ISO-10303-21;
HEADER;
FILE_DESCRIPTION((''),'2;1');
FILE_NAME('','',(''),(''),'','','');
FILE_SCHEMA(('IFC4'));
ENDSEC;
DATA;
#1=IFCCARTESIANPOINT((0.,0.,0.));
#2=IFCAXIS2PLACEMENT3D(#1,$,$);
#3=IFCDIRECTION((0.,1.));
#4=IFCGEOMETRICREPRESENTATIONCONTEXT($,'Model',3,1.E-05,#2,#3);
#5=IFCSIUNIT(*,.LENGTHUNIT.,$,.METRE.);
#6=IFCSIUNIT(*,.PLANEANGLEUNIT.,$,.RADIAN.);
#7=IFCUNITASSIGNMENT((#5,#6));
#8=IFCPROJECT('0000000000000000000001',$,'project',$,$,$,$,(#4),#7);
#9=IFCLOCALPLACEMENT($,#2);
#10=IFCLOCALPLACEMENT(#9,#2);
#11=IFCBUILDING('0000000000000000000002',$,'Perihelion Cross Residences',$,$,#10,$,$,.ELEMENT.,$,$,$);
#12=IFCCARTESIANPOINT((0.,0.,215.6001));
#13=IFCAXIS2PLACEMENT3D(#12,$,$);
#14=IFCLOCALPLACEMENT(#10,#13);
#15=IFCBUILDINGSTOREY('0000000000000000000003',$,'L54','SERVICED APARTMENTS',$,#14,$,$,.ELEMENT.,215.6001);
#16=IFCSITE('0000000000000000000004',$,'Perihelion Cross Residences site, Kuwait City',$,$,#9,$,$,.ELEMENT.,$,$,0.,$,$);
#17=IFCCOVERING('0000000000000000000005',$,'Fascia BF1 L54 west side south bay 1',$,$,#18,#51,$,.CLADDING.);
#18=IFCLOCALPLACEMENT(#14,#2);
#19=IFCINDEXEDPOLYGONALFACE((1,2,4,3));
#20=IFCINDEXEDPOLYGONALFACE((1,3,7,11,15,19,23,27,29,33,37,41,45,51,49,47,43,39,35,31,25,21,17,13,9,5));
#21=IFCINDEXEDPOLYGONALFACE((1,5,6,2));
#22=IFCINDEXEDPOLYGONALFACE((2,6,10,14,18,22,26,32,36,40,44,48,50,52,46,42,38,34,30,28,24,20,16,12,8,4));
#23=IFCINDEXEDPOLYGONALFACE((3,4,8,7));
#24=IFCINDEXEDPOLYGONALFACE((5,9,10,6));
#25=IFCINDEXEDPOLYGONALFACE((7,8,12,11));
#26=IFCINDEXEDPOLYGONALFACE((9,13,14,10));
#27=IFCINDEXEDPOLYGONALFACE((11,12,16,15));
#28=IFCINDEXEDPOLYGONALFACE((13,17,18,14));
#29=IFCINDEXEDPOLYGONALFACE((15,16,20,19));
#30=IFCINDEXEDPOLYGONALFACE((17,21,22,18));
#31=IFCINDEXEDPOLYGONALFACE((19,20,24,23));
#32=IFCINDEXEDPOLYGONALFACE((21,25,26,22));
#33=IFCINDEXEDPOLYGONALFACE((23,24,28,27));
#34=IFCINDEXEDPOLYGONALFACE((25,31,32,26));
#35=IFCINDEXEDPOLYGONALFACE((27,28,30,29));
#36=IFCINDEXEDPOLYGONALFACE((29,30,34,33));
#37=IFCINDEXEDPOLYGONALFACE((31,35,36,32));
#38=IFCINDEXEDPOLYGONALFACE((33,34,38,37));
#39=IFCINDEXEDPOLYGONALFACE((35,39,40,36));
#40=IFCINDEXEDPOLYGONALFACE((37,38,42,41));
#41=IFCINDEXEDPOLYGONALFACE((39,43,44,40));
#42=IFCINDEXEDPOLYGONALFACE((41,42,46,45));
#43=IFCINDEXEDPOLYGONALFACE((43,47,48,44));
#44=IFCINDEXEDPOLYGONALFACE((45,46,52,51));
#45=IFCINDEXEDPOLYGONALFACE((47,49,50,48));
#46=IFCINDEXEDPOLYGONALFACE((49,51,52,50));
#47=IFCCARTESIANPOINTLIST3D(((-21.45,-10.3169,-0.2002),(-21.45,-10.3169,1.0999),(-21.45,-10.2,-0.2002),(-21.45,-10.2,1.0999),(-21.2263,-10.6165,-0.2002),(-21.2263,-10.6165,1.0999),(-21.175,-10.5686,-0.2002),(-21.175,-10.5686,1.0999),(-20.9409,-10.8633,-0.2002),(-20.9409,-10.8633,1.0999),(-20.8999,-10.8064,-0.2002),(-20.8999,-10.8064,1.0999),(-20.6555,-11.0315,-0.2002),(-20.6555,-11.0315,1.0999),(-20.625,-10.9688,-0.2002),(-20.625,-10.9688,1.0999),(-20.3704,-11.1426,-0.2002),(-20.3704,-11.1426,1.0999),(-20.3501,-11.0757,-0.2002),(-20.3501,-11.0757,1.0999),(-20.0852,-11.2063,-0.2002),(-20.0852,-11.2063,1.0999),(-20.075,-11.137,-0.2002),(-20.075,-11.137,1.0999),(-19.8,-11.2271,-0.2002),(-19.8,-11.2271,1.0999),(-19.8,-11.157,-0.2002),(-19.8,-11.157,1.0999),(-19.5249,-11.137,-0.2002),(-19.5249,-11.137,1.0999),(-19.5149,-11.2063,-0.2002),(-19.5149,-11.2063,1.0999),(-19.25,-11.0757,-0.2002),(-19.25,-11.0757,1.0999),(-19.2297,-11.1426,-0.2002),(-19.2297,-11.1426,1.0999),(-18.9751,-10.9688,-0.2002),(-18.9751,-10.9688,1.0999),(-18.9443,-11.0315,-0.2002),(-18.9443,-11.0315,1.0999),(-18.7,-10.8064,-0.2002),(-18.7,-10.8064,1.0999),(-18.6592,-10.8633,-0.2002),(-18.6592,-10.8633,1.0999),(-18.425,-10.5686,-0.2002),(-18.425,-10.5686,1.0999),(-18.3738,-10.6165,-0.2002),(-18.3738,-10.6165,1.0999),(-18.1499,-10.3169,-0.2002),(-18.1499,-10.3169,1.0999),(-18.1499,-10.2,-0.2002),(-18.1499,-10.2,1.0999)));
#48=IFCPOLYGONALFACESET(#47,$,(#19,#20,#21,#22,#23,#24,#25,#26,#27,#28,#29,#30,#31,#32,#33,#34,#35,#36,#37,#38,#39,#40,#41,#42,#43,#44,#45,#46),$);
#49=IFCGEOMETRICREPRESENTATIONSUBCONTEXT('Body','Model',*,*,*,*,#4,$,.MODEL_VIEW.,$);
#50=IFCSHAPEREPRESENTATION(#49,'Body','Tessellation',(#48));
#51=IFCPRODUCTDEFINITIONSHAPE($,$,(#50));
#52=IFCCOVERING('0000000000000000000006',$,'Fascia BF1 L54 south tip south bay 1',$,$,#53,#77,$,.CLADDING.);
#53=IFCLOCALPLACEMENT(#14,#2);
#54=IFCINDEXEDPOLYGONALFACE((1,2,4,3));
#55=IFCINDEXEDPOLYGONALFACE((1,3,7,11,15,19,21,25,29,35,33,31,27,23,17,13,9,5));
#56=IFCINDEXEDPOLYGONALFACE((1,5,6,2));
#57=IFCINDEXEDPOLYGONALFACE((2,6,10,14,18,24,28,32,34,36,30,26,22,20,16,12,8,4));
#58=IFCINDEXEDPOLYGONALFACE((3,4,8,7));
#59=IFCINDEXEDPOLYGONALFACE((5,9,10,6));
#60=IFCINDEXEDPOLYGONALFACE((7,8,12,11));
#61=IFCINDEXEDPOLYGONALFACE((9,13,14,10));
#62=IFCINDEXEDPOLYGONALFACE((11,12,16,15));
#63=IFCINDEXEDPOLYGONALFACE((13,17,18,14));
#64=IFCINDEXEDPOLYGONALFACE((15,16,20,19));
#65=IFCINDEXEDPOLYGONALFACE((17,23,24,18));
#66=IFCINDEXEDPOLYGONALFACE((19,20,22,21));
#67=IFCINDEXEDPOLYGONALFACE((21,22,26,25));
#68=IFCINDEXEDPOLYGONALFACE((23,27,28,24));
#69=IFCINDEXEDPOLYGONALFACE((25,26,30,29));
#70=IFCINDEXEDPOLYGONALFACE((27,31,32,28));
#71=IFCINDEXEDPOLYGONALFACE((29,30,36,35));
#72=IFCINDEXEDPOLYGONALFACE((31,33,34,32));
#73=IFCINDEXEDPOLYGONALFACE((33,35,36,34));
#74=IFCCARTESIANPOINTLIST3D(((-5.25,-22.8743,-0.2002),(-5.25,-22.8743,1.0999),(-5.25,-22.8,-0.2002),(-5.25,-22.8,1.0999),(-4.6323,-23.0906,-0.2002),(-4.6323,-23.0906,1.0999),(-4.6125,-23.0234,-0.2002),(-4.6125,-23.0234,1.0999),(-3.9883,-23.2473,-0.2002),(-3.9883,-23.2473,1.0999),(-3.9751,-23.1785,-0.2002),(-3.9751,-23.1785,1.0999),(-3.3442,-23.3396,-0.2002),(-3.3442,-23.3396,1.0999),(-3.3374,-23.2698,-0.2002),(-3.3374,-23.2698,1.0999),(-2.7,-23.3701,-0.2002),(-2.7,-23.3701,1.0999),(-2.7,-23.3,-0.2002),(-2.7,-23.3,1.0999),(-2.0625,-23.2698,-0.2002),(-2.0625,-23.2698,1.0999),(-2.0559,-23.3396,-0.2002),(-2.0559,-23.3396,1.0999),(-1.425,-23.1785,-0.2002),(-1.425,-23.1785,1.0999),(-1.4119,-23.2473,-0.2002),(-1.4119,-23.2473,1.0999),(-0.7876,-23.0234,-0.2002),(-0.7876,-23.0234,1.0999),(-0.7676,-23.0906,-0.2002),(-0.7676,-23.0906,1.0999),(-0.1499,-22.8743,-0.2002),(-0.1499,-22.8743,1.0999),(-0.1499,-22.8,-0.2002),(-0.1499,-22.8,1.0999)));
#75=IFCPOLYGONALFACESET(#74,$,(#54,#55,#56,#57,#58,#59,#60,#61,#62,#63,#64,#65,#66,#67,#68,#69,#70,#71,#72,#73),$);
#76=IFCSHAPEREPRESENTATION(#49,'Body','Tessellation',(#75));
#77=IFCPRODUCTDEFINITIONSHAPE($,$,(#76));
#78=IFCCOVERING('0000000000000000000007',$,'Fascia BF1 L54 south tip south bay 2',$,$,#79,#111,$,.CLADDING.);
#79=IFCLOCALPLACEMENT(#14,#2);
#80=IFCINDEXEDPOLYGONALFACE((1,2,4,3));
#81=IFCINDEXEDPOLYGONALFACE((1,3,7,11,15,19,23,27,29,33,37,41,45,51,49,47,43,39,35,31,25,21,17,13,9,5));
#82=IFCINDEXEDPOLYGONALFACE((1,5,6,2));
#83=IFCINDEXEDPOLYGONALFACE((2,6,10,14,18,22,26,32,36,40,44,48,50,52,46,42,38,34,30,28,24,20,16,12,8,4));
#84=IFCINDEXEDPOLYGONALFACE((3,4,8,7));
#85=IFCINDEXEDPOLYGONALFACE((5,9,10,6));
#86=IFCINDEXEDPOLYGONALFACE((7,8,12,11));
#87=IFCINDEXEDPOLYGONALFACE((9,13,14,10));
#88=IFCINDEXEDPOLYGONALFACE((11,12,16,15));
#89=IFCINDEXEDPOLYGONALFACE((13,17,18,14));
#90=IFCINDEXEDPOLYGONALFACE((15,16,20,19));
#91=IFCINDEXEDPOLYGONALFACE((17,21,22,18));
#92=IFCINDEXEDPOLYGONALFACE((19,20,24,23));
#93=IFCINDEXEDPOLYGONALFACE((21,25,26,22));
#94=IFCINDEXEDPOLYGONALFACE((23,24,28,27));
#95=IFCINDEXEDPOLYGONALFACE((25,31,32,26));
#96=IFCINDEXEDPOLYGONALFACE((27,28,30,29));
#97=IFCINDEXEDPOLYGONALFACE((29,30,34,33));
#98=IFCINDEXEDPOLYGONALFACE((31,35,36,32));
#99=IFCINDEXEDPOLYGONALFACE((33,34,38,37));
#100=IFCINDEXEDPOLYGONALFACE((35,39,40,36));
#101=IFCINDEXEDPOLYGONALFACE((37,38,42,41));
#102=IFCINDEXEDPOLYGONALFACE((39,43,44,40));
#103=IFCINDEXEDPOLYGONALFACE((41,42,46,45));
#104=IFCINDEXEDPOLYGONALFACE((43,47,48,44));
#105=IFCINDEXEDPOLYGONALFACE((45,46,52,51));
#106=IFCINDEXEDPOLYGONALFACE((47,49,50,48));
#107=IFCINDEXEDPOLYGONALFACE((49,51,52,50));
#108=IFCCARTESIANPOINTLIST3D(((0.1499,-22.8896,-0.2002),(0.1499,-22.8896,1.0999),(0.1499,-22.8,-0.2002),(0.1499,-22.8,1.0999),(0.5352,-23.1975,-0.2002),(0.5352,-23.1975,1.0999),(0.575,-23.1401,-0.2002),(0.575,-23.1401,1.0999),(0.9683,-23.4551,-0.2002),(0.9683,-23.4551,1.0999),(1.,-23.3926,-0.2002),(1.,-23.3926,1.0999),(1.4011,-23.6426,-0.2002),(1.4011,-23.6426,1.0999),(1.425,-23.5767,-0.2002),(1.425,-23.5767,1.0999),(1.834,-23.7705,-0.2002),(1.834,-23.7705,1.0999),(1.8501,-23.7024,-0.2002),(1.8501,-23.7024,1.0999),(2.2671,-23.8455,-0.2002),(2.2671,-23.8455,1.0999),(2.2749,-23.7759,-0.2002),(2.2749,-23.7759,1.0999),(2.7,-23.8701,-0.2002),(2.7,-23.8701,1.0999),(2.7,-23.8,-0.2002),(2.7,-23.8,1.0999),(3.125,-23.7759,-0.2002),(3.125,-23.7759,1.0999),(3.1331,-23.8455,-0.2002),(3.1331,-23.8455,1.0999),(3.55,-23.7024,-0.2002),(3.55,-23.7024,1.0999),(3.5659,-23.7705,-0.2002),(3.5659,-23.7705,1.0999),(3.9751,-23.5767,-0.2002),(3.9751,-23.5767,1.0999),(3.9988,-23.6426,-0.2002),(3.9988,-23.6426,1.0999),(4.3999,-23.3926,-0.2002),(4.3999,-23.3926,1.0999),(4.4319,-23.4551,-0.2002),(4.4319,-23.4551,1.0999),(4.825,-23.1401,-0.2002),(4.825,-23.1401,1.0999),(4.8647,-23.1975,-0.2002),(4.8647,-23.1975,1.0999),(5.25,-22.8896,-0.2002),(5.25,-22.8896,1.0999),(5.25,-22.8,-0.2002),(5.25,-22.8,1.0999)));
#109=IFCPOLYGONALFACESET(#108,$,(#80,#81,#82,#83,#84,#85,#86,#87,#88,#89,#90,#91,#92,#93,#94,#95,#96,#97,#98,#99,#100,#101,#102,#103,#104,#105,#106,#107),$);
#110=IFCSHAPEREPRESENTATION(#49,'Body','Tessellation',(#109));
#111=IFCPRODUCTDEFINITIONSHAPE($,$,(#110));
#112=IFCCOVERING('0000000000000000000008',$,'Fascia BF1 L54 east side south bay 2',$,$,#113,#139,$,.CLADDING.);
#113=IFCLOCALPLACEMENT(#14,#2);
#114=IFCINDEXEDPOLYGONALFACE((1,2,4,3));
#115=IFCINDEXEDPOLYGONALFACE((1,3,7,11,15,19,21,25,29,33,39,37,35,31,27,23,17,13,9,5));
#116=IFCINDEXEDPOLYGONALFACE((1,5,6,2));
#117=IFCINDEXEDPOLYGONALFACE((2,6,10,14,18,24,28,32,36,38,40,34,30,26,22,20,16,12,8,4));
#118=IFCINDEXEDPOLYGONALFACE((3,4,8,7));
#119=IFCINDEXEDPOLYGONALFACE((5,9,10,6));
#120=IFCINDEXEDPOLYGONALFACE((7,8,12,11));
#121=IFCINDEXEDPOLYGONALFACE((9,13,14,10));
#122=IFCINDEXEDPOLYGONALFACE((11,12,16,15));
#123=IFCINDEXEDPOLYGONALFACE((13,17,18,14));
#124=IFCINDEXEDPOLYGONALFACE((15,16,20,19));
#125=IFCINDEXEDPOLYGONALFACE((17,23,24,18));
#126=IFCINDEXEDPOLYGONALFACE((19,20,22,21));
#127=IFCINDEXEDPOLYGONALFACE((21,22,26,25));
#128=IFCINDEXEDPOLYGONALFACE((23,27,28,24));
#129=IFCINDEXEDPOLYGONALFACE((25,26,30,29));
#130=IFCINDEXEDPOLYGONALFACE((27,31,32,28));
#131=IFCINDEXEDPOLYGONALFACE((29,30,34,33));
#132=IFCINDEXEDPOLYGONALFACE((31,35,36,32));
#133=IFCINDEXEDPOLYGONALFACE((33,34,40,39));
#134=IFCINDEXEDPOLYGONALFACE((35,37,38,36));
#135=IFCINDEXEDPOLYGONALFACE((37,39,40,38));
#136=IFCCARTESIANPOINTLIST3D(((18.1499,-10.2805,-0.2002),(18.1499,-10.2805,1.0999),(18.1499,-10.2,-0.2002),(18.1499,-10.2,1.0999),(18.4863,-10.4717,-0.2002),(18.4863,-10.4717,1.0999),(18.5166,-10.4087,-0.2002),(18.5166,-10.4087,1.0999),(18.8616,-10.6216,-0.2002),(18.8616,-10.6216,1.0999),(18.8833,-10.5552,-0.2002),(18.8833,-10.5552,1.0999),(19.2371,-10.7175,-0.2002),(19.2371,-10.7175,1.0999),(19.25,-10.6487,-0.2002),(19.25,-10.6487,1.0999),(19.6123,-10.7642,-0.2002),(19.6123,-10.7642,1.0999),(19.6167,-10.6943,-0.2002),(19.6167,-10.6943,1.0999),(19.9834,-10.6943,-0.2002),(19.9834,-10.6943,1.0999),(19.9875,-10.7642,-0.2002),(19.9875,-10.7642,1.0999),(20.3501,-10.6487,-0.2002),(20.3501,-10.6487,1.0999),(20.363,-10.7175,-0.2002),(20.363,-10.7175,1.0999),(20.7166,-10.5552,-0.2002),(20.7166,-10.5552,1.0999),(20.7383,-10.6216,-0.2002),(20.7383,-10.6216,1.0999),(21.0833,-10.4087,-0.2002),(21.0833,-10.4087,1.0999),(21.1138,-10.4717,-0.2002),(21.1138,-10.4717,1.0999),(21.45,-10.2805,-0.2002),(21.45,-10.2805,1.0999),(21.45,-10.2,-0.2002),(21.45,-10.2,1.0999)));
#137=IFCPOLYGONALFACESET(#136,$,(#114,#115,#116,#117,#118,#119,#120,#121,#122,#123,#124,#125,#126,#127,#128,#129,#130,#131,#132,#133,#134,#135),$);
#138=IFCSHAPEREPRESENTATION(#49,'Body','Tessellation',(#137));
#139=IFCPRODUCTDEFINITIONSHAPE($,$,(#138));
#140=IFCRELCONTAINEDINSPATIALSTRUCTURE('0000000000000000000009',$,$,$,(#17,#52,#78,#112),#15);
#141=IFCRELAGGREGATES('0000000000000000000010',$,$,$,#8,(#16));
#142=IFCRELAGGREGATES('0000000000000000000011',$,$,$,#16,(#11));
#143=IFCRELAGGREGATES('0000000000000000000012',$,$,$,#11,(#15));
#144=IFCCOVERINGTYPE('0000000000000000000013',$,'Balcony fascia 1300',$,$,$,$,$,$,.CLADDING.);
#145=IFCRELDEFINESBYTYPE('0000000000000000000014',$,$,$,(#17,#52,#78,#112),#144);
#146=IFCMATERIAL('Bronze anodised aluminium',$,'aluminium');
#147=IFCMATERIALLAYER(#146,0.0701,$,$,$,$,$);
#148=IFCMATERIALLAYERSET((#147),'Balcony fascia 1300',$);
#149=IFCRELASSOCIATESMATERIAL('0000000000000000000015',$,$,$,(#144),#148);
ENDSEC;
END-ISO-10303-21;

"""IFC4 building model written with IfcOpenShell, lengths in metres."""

from ifc_helpers import new_model, si_unit, direction, frame, origin, place, context, subcontext, project, spatial, polyline, outline, extrude, material, layer, layer_set, type_object, element, save


model = new_model("IFC4")

# Units and contexts
model_context = context("Model", 3, precision=1e-05, world=origin(), true_north=direction((0.0, 1.0)))
body_context = subcontext(model_context, "Body", "Model", "MODEL_VIEW")
ifc_project = project(units=[si_unit("LENGTHUNIT", "METRE"), si_unit("PLANEANGLEUNIT", "RADIAN")], contexts=[model_context])

# Site, building, storey
site_placement = place(None, origin())
site = spatial("IfcSite", under=ifc_project, at=site_placement, Name="Perihelion Cross Residences site, Kuwait City", CompositionType="ELEMENT", RefElevation=0.0)
building_placement = place(site_placement, origin())
building = spatial("IfcBuilding", under=site, at=building_placement, Name="Perihelion Cross Residences", CompositionType="ELEMENT")
storey_placement = place(building_placement, frame((0.0, 0.0, 215.6001)))
storey = spatial("IfcBuildingStorey", under=building, at=storey_placement, Name="L54", Description="SERVICED APARTMENTS", CompositionType="ELEMENT", Elevation=215.6001)

# Coverings
ifc_material_1 = material(Name="Bronze anodised aluminium", Category="aluminium")
ifc_layer_1 = layer(ifc_material_1, 0.0701)
ifc_layer_set_1 = layer_set([ifc_layer_1], Name="Balcony fascia 1300")
covering_type = type_object("IfcCoveringType", Name="Balcony fascia 1300", PredefinedType="CLADDING", material=ifc_layer_set_1)
covering_1_placement = place(storey_placement, frame((0.0, 0.0, -0.2002)))
element("IfcCovering", 1, at=covering_1_placement, inside=storey, type_object=covering_type, Name="Fascia BF1 L54 west side south bay 1", PredefinedType="CLADDING", context=body_context, shape_type="SweptSolid", body=[
    extrude(outline(polyline([(-21.2263, -10.6165), (-20.9409, -10.8633), (-20.6555, -11.0315), (-20.3704, -11.1426), (-20.0852, -11.2063), (-19.8, -11.2271), (-19.5149, -11.2063), (-19.2297, -11.1426), (-18.9443, -11.0315), (-18.6592, -10.8633), (-18.3738, -10.6165), (-18.1499, -10.3169), (-18.1499, -10.2), (-18.425, -10.5686), (-18.7, -10.8064), (-18.9751, -10.9688), (-19.25, -11.0757), (-19.5249, -11.137), (-19.8, -11.157), (-20.075, -11.137), (-20.3501, -11.0757), (-20.625, -10.9688), (-20.8999, -10.8064), (-21.175, -10.5686), (-21.45, -10.2), (-21.45, -10.3169), (-21.2263, -10.6165)])), origin(), (0.0, 0.0, 1.0), 1.3),
])
covering_2_placement = place(storey_placement, frame((0.0, 0.0, -0.2002)))
element("IfcCovering", 2, at=covering_2_placement, inside=storey, type_object=covering_type, Name="Fascia BF1 L54 south tip south bay 1", PredefinedType="CLADDING", context=body_context, shape_type="SweptSolid", body=[
    extrude(outline(polyline([(-4.6323, -23.0906), (-3.9883, -23.2473), (-3.3442, -23.3396), (-2.7, -23.3701), (-2.0559, -23.3396), (-1.4119, -23.2473), (-0.7676, -23.0906), (-0.1499, -22.8743), (-0.1499, -22.8), (-0.7876, -23.0234), (-1.425, -23.1785), (-2.0625, -23.2698), (-2.7, -23.3), (-3.3374, -23.2698), (-3.9751, -23.1785), (-4.6125, -23.0234), (-5.25, -22.8), (-5.25, -22.8743), (-4.6323, -23.0906)])), origin(), (0.0, 0.0, 1.0), 1.3),
])
covering_3_placement = place(storey_placement, frame((0.0, 0.0, -0.2002)))
element("IfcCovering", 3, at=covering_3_placement, inside=storey, type_object=covering_type, Name="Fascia BF1 L54 south tip south bay 2", PredefinedType="CLADDING", context=body_context, shape_type="SweptSolid", body=[
    extrude(outline(polyline([(0.5352, -23.1975), (0.9683, -23.4551), (1.4011, -23.6426), (1.834, -23.7705), (2.2671, -23.8455), (2.7, -23.8701), (3.1331, -23.8455), (3.5659, -23.7705), (3.9988, -23.6426), (4.4319, -23.4551), (4.8647, -23.1975), (5.25, -22.8896), (5.25, -22.8), (4.825, -23.1401), (4.3999, -23.3926), (3.9751, -23.5767), (3.55, -23.7024), (3.125, -23.7759), (2.7, -23.8), (2.2749, -23.7759), (1.8501, -23.7024), (1.425, -23.5767), (1.0, -23.3926), (0.575, -23.1401), (0.1499, -22.8), (0.1499, -22.8896), (0.5352, -23.1975)])), origin(), (0.0, 0.0, 1.0), 1.3),
])
covering_4_placement = place(storey_placement, frame((0.0, 0.0, -0.2002)))
element("IfcCovering", 4, at=covering_4_placement, inside=storey, type_object=covering_type, Name="Fascia BF1 L54 east side south bay 2", PredefinedType="CLADDING", context=body_context, shape_type="SweptSolid", body=[
    extrude(outline(polyline([(18.4863, -10.4717), (18.8616, -10.6216), (19.2371, -10.7175), (19.6123, -10.7642), (19.9875, -10.7642), (20.363, -10.7175), (20.7383, -10.6216), (21.1138, -10.4717), (21.45, -10.2805), (21.45, -10.2), (21.0833, -10.4087), (20.7166, -10.5552), (20.3501, -10.6487), (19.9834, -10.6943), (19.6167, -10.6943), (19.25, -10.6487), (18.8833, -10.5552), (18.5166, -10.4087), (18.1499, -10.2), (18.1499, -10.2805), (18.4863, -10.4717)])), origin(), (0.0, 0.0, 1.0), 1.3),
])

save(model, "model.ifc")
